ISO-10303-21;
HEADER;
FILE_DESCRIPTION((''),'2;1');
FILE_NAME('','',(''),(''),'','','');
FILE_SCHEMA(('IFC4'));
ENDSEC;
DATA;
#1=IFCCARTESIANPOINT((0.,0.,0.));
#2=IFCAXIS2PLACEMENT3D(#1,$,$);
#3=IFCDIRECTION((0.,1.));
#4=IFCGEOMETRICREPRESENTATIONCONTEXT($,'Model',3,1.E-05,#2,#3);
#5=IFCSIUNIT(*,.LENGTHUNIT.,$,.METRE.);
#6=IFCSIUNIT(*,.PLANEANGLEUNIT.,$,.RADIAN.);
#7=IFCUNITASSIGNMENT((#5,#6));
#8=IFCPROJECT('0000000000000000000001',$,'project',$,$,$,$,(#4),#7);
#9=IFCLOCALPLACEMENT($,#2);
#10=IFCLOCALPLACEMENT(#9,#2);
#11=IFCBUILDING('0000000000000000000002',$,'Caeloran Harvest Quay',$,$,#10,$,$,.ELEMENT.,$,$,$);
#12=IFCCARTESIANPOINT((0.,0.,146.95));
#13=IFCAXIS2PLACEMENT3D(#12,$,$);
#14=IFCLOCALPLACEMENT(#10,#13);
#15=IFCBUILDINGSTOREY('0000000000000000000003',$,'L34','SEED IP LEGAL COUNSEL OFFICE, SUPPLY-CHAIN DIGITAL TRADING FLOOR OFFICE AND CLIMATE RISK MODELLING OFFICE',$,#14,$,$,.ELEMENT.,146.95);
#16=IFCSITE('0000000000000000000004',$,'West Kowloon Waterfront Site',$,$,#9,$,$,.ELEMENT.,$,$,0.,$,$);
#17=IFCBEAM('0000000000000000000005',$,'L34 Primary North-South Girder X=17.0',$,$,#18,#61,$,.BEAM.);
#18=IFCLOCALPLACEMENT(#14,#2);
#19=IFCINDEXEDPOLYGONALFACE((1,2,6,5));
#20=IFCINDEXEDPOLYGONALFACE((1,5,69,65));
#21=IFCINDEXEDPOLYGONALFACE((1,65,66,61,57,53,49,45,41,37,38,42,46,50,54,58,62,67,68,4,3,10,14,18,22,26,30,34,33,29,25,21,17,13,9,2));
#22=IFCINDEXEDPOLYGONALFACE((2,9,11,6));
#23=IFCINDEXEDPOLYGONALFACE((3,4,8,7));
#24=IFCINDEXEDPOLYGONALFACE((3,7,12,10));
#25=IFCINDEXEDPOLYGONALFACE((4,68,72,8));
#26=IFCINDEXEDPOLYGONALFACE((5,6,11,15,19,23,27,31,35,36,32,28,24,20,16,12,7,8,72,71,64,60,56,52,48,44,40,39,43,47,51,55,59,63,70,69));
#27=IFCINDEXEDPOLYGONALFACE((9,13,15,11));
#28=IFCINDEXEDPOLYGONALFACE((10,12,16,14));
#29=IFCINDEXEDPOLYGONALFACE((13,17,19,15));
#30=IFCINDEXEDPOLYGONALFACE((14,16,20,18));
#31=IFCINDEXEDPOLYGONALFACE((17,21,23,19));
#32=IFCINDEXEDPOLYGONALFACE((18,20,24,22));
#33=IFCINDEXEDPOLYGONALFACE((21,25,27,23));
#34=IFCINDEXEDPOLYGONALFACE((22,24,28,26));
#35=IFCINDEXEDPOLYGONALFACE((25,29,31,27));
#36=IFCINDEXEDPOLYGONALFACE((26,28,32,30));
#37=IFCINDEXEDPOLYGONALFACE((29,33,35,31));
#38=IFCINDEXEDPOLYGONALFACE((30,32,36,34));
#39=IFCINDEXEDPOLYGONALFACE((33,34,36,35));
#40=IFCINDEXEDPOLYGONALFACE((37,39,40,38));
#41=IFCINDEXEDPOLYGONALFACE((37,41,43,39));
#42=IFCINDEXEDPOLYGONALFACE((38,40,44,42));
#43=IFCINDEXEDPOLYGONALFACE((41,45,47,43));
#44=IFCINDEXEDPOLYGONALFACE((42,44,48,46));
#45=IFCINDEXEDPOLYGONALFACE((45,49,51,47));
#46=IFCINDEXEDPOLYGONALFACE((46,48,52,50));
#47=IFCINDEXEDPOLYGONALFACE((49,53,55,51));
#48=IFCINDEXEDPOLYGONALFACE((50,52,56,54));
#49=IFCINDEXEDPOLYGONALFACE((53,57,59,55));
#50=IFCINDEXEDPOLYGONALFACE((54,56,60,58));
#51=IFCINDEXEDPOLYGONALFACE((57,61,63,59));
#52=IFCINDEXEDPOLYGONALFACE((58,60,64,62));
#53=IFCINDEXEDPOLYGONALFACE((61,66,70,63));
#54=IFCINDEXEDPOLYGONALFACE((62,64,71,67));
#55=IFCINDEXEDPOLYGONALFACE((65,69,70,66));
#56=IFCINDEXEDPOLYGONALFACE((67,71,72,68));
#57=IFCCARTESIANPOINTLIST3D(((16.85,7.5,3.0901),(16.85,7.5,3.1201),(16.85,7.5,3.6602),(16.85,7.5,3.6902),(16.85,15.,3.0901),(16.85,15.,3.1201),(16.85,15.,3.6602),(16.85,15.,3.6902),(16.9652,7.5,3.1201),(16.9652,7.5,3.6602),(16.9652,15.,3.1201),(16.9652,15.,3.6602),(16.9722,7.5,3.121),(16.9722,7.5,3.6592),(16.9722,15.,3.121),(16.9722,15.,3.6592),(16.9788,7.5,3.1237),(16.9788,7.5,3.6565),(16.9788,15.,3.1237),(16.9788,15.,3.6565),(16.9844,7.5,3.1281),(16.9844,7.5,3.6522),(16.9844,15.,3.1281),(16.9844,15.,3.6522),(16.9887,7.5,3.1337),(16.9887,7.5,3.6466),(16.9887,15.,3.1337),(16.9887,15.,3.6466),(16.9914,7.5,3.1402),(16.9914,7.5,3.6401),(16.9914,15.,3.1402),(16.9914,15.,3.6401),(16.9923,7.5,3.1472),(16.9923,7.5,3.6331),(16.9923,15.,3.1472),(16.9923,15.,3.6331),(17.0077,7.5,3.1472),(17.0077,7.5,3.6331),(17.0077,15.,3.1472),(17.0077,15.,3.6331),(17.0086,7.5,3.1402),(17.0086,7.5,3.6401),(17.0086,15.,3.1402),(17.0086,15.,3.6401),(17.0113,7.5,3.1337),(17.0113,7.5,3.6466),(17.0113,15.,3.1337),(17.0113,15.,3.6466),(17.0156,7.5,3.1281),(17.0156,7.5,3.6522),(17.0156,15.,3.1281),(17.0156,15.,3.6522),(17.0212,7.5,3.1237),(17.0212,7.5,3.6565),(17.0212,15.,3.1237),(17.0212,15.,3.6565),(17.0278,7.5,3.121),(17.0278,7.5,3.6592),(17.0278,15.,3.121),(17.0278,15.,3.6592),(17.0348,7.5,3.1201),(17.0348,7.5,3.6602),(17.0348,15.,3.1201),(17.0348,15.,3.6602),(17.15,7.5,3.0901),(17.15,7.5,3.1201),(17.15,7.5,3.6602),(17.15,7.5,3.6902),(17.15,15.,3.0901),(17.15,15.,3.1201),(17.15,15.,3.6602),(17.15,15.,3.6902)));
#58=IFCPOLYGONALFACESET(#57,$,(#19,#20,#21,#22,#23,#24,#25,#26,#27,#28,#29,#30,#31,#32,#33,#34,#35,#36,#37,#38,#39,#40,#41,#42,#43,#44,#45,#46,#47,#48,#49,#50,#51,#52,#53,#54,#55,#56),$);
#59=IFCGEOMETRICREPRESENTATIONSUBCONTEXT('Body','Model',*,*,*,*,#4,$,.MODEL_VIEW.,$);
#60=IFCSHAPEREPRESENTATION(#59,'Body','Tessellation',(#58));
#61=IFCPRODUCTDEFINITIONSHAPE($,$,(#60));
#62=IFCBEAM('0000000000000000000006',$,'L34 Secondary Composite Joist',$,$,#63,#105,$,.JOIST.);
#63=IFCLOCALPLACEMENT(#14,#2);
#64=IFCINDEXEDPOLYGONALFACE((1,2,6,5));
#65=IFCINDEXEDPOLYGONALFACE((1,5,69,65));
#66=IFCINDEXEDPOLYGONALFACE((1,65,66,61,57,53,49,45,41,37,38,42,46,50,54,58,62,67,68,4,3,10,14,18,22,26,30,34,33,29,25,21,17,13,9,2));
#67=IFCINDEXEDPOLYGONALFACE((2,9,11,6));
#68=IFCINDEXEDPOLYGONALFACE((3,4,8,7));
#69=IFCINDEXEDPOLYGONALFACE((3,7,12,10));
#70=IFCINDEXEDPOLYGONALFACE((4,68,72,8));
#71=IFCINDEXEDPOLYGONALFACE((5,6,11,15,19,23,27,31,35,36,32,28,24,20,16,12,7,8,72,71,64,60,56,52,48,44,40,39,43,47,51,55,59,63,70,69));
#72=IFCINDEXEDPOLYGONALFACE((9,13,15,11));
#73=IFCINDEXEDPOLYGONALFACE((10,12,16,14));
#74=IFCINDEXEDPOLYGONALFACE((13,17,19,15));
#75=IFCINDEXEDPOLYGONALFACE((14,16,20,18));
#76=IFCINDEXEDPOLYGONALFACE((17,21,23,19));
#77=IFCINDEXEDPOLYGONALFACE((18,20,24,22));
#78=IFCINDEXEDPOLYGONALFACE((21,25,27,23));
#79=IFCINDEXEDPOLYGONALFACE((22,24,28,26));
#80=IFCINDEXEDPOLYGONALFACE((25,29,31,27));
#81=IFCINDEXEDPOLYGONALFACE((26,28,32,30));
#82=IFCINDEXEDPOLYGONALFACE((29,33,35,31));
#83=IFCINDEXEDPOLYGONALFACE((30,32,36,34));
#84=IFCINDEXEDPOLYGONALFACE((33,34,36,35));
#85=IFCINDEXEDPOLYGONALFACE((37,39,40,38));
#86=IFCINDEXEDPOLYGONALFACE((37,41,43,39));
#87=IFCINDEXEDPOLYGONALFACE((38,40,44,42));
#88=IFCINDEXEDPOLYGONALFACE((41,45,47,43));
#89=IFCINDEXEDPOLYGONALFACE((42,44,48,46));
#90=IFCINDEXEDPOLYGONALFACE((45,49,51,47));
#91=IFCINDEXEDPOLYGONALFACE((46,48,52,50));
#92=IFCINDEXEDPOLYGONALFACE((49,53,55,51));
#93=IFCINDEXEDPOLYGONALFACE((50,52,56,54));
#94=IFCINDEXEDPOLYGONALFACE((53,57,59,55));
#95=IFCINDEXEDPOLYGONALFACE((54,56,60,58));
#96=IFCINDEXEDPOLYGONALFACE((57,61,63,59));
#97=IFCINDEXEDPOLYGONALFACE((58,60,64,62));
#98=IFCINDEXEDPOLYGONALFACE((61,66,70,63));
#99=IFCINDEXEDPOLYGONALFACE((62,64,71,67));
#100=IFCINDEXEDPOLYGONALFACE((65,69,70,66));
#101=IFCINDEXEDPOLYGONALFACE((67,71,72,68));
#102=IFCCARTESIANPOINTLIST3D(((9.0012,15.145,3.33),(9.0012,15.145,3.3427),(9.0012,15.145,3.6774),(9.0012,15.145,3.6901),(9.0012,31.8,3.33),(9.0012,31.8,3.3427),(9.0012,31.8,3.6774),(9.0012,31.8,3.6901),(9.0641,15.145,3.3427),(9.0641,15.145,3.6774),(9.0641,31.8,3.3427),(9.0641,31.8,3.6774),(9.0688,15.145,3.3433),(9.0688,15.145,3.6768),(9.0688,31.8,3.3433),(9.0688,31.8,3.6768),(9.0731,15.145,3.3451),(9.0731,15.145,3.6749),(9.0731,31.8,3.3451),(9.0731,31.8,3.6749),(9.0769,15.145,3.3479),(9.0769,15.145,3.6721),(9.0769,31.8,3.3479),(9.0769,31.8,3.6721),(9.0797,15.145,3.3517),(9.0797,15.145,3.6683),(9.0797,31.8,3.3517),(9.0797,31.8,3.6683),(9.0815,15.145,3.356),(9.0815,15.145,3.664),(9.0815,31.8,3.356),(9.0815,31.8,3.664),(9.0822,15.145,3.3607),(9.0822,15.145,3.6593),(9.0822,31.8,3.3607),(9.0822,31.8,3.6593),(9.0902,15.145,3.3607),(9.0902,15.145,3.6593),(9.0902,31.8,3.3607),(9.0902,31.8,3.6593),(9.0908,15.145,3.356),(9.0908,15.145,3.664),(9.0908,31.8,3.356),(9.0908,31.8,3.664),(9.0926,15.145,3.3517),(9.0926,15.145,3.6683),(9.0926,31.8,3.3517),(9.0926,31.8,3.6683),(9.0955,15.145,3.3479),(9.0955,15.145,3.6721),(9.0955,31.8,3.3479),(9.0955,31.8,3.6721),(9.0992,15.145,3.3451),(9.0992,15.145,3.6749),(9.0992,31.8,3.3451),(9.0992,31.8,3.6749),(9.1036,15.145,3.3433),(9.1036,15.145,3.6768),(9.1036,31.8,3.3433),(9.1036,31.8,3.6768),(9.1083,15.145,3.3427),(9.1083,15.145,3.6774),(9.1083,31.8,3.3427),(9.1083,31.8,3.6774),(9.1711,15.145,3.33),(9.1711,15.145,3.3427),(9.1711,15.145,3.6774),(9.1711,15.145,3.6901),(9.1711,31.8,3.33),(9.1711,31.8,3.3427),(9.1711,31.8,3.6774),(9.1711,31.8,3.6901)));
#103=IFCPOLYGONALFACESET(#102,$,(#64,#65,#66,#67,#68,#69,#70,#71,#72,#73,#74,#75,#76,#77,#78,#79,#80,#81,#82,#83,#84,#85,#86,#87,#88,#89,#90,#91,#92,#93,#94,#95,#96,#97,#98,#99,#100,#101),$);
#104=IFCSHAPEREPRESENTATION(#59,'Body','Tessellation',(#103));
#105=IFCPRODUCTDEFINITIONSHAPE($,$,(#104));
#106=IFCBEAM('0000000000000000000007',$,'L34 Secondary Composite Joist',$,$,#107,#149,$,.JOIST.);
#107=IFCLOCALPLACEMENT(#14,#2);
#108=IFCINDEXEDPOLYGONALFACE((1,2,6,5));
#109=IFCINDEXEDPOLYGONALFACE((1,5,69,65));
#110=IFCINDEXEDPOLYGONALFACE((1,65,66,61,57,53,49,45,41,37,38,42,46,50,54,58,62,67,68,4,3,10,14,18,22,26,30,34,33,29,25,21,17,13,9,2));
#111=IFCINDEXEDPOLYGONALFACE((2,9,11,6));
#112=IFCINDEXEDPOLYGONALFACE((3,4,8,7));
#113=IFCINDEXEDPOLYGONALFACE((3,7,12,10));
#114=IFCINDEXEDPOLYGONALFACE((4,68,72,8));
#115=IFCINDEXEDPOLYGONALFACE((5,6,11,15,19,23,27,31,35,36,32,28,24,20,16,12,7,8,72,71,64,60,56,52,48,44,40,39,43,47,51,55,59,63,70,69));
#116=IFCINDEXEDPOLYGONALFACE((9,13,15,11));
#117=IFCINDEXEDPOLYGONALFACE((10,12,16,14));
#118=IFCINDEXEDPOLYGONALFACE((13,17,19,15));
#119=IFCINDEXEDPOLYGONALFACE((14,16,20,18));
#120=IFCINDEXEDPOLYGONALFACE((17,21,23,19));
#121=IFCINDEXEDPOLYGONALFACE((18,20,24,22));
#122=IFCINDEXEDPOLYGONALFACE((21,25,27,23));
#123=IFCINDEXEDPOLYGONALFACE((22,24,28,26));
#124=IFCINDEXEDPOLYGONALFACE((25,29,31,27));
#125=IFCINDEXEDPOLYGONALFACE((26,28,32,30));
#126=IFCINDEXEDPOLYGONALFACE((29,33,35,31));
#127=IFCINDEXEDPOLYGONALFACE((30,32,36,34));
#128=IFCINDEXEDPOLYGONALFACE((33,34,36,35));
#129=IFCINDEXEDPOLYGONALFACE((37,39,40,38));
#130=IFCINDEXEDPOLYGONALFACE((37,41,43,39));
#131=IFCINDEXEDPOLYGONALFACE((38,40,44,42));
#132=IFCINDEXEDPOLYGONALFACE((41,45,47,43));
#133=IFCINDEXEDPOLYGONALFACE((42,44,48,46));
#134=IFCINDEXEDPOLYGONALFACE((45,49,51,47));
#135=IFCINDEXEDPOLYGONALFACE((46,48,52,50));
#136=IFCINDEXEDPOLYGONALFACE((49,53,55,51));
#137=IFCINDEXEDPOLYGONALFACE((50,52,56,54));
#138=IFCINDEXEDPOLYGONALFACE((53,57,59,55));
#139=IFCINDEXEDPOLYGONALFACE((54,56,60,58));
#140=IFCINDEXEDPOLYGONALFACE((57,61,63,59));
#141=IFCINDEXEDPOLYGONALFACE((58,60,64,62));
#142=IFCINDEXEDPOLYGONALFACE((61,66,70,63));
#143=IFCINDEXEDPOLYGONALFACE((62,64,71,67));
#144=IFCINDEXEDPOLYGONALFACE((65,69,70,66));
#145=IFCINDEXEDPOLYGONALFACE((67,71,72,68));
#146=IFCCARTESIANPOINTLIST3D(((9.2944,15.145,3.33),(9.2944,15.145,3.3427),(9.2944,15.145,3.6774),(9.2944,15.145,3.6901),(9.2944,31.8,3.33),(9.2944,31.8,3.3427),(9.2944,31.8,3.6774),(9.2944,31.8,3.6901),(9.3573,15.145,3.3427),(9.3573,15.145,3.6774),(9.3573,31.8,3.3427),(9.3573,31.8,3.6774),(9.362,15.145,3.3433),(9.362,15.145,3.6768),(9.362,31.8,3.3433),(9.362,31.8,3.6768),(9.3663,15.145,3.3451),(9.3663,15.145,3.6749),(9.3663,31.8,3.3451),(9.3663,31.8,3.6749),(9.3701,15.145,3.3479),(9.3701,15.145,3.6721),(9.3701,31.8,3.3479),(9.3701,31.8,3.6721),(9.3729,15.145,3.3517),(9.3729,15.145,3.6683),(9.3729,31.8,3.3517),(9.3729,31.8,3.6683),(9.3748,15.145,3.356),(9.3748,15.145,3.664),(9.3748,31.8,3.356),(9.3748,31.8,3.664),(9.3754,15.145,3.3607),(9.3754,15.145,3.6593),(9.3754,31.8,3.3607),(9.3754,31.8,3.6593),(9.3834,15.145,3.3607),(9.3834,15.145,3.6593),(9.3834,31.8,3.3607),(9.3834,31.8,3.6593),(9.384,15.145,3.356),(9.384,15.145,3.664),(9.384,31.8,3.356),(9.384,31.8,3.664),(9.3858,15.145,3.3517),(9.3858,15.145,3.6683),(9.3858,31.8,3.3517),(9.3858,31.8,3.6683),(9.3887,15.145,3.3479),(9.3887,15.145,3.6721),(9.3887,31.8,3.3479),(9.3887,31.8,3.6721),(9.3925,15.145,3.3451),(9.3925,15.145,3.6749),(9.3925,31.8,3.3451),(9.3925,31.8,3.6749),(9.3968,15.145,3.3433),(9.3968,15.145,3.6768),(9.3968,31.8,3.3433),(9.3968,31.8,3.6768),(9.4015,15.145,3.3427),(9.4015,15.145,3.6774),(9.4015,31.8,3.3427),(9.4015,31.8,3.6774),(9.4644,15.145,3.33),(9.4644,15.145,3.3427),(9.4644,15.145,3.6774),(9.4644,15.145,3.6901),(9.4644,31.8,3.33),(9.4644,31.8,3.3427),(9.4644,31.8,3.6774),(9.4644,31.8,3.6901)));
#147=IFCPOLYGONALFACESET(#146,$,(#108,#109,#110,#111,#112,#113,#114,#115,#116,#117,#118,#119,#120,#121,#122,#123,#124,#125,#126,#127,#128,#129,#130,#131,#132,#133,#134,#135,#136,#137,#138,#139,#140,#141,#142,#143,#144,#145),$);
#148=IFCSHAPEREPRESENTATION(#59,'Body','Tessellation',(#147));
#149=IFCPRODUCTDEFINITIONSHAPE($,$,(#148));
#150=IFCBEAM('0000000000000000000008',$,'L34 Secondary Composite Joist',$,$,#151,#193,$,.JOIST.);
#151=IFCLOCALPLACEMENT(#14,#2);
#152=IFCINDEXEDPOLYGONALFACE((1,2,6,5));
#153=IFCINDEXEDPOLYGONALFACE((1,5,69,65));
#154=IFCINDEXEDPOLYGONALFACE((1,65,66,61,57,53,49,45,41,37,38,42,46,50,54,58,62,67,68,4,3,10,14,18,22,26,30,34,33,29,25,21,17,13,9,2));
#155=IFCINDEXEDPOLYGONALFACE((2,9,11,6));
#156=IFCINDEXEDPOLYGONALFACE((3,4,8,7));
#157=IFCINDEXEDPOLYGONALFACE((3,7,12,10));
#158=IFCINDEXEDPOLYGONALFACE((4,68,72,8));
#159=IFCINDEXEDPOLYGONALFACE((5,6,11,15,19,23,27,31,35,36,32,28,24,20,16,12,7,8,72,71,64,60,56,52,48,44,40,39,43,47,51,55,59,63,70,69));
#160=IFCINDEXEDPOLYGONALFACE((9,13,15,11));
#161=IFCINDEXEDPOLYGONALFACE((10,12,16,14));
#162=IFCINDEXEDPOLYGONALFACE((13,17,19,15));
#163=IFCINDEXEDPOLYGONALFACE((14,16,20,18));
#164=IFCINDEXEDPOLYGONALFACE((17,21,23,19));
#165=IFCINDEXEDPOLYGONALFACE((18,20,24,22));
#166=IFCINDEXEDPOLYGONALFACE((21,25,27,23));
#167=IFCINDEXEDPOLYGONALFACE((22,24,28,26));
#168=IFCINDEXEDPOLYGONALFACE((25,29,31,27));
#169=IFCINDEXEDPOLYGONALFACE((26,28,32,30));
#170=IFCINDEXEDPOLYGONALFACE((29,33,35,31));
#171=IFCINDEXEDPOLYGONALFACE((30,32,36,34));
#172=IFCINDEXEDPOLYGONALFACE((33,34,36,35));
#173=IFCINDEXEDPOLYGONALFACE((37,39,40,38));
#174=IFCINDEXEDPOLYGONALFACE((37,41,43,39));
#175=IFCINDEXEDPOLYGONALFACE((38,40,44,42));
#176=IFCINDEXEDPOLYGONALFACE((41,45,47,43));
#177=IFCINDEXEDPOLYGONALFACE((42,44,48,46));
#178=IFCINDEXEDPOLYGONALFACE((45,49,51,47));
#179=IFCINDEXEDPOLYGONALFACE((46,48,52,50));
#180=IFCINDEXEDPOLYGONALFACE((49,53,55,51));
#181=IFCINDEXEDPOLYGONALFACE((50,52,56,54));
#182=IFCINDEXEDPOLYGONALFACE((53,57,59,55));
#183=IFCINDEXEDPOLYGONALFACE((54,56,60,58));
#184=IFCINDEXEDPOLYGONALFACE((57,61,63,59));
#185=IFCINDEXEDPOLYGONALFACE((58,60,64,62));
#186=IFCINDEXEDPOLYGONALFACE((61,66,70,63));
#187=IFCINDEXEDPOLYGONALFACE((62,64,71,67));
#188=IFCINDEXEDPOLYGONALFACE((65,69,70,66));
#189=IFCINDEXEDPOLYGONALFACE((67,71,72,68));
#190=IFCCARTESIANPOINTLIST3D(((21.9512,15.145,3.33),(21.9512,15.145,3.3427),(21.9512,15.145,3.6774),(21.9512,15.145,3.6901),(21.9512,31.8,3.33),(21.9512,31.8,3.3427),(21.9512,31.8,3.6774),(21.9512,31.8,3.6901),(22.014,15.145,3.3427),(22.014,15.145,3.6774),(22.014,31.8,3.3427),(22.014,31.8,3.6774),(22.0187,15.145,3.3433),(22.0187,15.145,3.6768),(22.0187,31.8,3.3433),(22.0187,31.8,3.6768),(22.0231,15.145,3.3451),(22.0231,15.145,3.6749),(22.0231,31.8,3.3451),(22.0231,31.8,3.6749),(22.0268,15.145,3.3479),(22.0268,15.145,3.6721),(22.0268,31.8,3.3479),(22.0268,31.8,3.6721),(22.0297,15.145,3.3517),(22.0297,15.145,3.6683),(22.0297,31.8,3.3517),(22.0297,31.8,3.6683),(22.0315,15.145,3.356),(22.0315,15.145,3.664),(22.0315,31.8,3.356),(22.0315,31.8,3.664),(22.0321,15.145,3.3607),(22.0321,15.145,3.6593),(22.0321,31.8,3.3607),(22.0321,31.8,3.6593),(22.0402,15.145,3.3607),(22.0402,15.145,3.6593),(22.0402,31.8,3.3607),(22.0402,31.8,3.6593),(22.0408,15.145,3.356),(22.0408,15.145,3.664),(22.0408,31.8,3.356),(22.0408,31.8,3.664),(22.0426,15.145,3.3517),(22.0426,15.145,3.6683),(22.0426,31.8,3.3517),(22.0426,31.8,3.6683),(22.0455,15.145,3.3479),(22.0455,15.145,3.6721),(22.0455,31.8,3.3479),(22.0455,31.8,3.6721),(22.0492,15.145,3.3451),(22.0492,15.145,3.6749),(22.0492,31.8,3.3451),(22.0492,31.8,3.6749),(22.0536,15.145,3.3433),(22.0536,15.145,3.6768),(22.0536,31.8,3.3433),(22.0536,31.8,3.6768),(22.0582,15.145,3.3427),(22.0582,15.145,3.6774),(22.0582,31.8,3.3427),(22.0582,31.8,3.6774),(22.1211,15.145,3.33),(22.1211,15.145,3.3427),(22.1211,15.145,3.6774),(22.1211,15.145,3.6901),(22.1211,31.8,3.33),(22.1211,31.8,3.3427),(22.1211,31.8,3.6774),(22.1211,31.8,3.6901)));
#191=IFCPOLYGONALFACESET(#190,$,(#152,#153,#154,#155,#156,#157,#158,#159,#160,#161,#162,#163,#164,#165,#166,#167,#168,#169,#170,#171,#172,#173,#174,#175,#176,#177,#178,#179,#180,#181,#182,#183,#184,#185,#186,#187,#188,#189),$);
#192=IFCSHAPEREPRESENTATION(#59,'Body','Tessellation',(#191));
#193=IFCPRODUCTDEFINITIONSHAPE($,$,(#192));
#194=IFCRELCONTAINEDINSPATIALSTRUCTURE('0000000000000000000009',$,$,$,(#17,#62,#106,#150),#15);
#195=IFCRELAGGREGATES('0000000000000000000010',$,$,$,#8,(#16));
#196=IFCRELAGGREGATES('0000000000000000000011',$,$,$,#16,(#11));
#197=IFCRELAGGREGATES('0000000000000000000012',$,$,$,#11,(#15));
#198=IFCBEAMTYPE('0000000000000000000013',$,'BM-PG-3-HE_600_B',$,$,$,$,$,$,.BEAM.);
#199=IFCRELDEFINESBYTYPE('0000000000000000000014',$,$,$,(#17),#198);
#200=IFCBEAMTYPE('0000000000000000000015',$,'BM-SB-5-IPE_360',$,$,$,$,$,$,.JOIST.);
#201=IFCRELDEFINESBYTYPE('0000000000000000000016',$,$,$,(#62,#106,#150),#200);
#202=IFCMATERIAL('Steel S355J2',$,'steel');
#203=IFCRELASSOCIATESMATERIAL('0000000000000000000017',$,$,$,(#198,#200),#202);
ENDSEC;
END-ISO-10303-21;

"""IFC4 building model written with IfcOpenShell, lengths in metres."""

from ifc_helpers import new_model, si_unit, direction, frame, origin, origin_2d, place, context, subcontext, project, spatial, i_section, extrude, material, material_profile, profile_set, type_object, element, save


model = new_model("IFC4")

# Units and contexts
model_context = context("Model", 3, precision=1e-05, world=origin(), true_north=direction((0.0, 1.0)))
body_context = subcontext(model_context, "Body", "Model", "MODEL_VIEW")
ifc_project = project(units=[si_unit("LENGTHUNIT", "METRE"), si_unit("PLANEANGLEUNIT", "RADIAN")], contexts=[model_context])

# Site, building, storey
site_placement = place(None, origin())
site = spatial("IfcSite", under=ifc_project, at=site_placement, Name="West Kowloon Waterfront Site", CompositionType="ELEMENT", RefElevation=0.0)
building_placement = place(site_placement, origin())
building = spatial("IfcBuilding", under=site, at=building_placement, Name="Caeloran Harvest Quay", CompositionType="ELEMENT")
storey_placement = place(building_placement, frame((0.0, 0.0, 146.95)))
storey = spatial("IfcBuildingStorey", under=building, at=storey_placement, Name="L34", Description="SEED IP LEGAL COUNSEL OFFICE, SUPPLY-CHAIN DIGITAL TRADING FLOOR OFFICE AND CLIMATE RISK MODELLING OFFICE", CompositionType="ELEMENT", Elevation=146.95)

# Beams
ifc_material_1 = material(Name="Steel S355J2", Category="steel")
ifc_material_profile_1 = material_profile(ifc_material_1, i_section(OverallWidth=0.3, OverallDepth=0.6001, WebThickness=0.0154, FlangeThickness=0.03, FilletRadius=0.0271, at=origin_2d()), Name="HE 600 B")
ifc_profile_set_1 = profile_set([ifc_material_profile_1], Name="Steel S355J2")
beam_type_1 = type_object("IfcBeamType", Name="BM-PG-3-HE_600_B", PredefinedType="BEAM", material=ifc_profile_set_1)
beam_1_placement = place(storey_placement, frame((17.0, 7.5, 3.3901), z_axis=(0.0, 1.0, 0.0), x_axis=(-1.0, 0.0, 0.0)))
element("IfcBeam", 1, at=beam_1_placement, inside=storey, type_object=beam_type_1, Name="L34 Primary North-South Girder X=17.0", PredefinedType="BEAM", context=body_context, shape_type="SweptSolid", body=[
    extrude(i_section(OverallWidth=0.3, OverallDepth=0.6001, WebThickness=0.0154, FlangeThickness=0.03, FilletRadius=0.0271, at=origin_2d()), origin(), (0.0, 0.0, 1.0), 7.5),
])
ifc_material_profile_2 = material_profile(ifc_material_1, i_section(OverallWidth=0.1699, OverallDepth=0.3601, WebThickness=0.0081, FlangeThickness=0.0127, FilletRadius=0.0181, at=origin_2d()), Name="IPE 360")
ifc_profile_set_2 = profile_set([ifc_material_profile_2], Name="Steel S355J2")
beam_type_2 = type_object("IfcBeamType", Name="BM-SB-5-IPE_360", PredefinedType="JOIST", material=ifc_profile_set_2)
for number, where, z_axis, x_axis, name in (
    (2, (9.0862, 15.145, 3.51), (0.0, 1.0, 0.0), (-1.0, 0.0, 0.0), "L34 Secondary Composite Joist"),
    (3, (9.3794, 15.145, 3.51), (0.0, 1.0, 0.0), (-1.0, 0.0, 0.0), "L34 Secondary Composite Joist"),
    (4, (22.0361, 15.145, 3.51), (0.0, 1.0, 0.0), (-1.0, 0.0, 0.0), "L34 Secondary Composite Joist"),
):
    element("IfcBeam", number, at=place(storey_placement, frame(where, z_axis=z_axis, x_axis=x_axis)), inside=storey, type_object=beam_type_2, Name=name, PredefinedType="JOIST", context=body_context, shape_type="SweptSolid", body=[
        extrude(i_section(OverallWidth=0.1699, OverallDepth=0.3601, WebThickness=0.0081, FlangeThickness=0.0127, FilletRadius=0.0181, at=origin_2d()), origin(), (0.0, 0.0, 1.0), 16.655),
    ])

save(model, "model.ifc")
